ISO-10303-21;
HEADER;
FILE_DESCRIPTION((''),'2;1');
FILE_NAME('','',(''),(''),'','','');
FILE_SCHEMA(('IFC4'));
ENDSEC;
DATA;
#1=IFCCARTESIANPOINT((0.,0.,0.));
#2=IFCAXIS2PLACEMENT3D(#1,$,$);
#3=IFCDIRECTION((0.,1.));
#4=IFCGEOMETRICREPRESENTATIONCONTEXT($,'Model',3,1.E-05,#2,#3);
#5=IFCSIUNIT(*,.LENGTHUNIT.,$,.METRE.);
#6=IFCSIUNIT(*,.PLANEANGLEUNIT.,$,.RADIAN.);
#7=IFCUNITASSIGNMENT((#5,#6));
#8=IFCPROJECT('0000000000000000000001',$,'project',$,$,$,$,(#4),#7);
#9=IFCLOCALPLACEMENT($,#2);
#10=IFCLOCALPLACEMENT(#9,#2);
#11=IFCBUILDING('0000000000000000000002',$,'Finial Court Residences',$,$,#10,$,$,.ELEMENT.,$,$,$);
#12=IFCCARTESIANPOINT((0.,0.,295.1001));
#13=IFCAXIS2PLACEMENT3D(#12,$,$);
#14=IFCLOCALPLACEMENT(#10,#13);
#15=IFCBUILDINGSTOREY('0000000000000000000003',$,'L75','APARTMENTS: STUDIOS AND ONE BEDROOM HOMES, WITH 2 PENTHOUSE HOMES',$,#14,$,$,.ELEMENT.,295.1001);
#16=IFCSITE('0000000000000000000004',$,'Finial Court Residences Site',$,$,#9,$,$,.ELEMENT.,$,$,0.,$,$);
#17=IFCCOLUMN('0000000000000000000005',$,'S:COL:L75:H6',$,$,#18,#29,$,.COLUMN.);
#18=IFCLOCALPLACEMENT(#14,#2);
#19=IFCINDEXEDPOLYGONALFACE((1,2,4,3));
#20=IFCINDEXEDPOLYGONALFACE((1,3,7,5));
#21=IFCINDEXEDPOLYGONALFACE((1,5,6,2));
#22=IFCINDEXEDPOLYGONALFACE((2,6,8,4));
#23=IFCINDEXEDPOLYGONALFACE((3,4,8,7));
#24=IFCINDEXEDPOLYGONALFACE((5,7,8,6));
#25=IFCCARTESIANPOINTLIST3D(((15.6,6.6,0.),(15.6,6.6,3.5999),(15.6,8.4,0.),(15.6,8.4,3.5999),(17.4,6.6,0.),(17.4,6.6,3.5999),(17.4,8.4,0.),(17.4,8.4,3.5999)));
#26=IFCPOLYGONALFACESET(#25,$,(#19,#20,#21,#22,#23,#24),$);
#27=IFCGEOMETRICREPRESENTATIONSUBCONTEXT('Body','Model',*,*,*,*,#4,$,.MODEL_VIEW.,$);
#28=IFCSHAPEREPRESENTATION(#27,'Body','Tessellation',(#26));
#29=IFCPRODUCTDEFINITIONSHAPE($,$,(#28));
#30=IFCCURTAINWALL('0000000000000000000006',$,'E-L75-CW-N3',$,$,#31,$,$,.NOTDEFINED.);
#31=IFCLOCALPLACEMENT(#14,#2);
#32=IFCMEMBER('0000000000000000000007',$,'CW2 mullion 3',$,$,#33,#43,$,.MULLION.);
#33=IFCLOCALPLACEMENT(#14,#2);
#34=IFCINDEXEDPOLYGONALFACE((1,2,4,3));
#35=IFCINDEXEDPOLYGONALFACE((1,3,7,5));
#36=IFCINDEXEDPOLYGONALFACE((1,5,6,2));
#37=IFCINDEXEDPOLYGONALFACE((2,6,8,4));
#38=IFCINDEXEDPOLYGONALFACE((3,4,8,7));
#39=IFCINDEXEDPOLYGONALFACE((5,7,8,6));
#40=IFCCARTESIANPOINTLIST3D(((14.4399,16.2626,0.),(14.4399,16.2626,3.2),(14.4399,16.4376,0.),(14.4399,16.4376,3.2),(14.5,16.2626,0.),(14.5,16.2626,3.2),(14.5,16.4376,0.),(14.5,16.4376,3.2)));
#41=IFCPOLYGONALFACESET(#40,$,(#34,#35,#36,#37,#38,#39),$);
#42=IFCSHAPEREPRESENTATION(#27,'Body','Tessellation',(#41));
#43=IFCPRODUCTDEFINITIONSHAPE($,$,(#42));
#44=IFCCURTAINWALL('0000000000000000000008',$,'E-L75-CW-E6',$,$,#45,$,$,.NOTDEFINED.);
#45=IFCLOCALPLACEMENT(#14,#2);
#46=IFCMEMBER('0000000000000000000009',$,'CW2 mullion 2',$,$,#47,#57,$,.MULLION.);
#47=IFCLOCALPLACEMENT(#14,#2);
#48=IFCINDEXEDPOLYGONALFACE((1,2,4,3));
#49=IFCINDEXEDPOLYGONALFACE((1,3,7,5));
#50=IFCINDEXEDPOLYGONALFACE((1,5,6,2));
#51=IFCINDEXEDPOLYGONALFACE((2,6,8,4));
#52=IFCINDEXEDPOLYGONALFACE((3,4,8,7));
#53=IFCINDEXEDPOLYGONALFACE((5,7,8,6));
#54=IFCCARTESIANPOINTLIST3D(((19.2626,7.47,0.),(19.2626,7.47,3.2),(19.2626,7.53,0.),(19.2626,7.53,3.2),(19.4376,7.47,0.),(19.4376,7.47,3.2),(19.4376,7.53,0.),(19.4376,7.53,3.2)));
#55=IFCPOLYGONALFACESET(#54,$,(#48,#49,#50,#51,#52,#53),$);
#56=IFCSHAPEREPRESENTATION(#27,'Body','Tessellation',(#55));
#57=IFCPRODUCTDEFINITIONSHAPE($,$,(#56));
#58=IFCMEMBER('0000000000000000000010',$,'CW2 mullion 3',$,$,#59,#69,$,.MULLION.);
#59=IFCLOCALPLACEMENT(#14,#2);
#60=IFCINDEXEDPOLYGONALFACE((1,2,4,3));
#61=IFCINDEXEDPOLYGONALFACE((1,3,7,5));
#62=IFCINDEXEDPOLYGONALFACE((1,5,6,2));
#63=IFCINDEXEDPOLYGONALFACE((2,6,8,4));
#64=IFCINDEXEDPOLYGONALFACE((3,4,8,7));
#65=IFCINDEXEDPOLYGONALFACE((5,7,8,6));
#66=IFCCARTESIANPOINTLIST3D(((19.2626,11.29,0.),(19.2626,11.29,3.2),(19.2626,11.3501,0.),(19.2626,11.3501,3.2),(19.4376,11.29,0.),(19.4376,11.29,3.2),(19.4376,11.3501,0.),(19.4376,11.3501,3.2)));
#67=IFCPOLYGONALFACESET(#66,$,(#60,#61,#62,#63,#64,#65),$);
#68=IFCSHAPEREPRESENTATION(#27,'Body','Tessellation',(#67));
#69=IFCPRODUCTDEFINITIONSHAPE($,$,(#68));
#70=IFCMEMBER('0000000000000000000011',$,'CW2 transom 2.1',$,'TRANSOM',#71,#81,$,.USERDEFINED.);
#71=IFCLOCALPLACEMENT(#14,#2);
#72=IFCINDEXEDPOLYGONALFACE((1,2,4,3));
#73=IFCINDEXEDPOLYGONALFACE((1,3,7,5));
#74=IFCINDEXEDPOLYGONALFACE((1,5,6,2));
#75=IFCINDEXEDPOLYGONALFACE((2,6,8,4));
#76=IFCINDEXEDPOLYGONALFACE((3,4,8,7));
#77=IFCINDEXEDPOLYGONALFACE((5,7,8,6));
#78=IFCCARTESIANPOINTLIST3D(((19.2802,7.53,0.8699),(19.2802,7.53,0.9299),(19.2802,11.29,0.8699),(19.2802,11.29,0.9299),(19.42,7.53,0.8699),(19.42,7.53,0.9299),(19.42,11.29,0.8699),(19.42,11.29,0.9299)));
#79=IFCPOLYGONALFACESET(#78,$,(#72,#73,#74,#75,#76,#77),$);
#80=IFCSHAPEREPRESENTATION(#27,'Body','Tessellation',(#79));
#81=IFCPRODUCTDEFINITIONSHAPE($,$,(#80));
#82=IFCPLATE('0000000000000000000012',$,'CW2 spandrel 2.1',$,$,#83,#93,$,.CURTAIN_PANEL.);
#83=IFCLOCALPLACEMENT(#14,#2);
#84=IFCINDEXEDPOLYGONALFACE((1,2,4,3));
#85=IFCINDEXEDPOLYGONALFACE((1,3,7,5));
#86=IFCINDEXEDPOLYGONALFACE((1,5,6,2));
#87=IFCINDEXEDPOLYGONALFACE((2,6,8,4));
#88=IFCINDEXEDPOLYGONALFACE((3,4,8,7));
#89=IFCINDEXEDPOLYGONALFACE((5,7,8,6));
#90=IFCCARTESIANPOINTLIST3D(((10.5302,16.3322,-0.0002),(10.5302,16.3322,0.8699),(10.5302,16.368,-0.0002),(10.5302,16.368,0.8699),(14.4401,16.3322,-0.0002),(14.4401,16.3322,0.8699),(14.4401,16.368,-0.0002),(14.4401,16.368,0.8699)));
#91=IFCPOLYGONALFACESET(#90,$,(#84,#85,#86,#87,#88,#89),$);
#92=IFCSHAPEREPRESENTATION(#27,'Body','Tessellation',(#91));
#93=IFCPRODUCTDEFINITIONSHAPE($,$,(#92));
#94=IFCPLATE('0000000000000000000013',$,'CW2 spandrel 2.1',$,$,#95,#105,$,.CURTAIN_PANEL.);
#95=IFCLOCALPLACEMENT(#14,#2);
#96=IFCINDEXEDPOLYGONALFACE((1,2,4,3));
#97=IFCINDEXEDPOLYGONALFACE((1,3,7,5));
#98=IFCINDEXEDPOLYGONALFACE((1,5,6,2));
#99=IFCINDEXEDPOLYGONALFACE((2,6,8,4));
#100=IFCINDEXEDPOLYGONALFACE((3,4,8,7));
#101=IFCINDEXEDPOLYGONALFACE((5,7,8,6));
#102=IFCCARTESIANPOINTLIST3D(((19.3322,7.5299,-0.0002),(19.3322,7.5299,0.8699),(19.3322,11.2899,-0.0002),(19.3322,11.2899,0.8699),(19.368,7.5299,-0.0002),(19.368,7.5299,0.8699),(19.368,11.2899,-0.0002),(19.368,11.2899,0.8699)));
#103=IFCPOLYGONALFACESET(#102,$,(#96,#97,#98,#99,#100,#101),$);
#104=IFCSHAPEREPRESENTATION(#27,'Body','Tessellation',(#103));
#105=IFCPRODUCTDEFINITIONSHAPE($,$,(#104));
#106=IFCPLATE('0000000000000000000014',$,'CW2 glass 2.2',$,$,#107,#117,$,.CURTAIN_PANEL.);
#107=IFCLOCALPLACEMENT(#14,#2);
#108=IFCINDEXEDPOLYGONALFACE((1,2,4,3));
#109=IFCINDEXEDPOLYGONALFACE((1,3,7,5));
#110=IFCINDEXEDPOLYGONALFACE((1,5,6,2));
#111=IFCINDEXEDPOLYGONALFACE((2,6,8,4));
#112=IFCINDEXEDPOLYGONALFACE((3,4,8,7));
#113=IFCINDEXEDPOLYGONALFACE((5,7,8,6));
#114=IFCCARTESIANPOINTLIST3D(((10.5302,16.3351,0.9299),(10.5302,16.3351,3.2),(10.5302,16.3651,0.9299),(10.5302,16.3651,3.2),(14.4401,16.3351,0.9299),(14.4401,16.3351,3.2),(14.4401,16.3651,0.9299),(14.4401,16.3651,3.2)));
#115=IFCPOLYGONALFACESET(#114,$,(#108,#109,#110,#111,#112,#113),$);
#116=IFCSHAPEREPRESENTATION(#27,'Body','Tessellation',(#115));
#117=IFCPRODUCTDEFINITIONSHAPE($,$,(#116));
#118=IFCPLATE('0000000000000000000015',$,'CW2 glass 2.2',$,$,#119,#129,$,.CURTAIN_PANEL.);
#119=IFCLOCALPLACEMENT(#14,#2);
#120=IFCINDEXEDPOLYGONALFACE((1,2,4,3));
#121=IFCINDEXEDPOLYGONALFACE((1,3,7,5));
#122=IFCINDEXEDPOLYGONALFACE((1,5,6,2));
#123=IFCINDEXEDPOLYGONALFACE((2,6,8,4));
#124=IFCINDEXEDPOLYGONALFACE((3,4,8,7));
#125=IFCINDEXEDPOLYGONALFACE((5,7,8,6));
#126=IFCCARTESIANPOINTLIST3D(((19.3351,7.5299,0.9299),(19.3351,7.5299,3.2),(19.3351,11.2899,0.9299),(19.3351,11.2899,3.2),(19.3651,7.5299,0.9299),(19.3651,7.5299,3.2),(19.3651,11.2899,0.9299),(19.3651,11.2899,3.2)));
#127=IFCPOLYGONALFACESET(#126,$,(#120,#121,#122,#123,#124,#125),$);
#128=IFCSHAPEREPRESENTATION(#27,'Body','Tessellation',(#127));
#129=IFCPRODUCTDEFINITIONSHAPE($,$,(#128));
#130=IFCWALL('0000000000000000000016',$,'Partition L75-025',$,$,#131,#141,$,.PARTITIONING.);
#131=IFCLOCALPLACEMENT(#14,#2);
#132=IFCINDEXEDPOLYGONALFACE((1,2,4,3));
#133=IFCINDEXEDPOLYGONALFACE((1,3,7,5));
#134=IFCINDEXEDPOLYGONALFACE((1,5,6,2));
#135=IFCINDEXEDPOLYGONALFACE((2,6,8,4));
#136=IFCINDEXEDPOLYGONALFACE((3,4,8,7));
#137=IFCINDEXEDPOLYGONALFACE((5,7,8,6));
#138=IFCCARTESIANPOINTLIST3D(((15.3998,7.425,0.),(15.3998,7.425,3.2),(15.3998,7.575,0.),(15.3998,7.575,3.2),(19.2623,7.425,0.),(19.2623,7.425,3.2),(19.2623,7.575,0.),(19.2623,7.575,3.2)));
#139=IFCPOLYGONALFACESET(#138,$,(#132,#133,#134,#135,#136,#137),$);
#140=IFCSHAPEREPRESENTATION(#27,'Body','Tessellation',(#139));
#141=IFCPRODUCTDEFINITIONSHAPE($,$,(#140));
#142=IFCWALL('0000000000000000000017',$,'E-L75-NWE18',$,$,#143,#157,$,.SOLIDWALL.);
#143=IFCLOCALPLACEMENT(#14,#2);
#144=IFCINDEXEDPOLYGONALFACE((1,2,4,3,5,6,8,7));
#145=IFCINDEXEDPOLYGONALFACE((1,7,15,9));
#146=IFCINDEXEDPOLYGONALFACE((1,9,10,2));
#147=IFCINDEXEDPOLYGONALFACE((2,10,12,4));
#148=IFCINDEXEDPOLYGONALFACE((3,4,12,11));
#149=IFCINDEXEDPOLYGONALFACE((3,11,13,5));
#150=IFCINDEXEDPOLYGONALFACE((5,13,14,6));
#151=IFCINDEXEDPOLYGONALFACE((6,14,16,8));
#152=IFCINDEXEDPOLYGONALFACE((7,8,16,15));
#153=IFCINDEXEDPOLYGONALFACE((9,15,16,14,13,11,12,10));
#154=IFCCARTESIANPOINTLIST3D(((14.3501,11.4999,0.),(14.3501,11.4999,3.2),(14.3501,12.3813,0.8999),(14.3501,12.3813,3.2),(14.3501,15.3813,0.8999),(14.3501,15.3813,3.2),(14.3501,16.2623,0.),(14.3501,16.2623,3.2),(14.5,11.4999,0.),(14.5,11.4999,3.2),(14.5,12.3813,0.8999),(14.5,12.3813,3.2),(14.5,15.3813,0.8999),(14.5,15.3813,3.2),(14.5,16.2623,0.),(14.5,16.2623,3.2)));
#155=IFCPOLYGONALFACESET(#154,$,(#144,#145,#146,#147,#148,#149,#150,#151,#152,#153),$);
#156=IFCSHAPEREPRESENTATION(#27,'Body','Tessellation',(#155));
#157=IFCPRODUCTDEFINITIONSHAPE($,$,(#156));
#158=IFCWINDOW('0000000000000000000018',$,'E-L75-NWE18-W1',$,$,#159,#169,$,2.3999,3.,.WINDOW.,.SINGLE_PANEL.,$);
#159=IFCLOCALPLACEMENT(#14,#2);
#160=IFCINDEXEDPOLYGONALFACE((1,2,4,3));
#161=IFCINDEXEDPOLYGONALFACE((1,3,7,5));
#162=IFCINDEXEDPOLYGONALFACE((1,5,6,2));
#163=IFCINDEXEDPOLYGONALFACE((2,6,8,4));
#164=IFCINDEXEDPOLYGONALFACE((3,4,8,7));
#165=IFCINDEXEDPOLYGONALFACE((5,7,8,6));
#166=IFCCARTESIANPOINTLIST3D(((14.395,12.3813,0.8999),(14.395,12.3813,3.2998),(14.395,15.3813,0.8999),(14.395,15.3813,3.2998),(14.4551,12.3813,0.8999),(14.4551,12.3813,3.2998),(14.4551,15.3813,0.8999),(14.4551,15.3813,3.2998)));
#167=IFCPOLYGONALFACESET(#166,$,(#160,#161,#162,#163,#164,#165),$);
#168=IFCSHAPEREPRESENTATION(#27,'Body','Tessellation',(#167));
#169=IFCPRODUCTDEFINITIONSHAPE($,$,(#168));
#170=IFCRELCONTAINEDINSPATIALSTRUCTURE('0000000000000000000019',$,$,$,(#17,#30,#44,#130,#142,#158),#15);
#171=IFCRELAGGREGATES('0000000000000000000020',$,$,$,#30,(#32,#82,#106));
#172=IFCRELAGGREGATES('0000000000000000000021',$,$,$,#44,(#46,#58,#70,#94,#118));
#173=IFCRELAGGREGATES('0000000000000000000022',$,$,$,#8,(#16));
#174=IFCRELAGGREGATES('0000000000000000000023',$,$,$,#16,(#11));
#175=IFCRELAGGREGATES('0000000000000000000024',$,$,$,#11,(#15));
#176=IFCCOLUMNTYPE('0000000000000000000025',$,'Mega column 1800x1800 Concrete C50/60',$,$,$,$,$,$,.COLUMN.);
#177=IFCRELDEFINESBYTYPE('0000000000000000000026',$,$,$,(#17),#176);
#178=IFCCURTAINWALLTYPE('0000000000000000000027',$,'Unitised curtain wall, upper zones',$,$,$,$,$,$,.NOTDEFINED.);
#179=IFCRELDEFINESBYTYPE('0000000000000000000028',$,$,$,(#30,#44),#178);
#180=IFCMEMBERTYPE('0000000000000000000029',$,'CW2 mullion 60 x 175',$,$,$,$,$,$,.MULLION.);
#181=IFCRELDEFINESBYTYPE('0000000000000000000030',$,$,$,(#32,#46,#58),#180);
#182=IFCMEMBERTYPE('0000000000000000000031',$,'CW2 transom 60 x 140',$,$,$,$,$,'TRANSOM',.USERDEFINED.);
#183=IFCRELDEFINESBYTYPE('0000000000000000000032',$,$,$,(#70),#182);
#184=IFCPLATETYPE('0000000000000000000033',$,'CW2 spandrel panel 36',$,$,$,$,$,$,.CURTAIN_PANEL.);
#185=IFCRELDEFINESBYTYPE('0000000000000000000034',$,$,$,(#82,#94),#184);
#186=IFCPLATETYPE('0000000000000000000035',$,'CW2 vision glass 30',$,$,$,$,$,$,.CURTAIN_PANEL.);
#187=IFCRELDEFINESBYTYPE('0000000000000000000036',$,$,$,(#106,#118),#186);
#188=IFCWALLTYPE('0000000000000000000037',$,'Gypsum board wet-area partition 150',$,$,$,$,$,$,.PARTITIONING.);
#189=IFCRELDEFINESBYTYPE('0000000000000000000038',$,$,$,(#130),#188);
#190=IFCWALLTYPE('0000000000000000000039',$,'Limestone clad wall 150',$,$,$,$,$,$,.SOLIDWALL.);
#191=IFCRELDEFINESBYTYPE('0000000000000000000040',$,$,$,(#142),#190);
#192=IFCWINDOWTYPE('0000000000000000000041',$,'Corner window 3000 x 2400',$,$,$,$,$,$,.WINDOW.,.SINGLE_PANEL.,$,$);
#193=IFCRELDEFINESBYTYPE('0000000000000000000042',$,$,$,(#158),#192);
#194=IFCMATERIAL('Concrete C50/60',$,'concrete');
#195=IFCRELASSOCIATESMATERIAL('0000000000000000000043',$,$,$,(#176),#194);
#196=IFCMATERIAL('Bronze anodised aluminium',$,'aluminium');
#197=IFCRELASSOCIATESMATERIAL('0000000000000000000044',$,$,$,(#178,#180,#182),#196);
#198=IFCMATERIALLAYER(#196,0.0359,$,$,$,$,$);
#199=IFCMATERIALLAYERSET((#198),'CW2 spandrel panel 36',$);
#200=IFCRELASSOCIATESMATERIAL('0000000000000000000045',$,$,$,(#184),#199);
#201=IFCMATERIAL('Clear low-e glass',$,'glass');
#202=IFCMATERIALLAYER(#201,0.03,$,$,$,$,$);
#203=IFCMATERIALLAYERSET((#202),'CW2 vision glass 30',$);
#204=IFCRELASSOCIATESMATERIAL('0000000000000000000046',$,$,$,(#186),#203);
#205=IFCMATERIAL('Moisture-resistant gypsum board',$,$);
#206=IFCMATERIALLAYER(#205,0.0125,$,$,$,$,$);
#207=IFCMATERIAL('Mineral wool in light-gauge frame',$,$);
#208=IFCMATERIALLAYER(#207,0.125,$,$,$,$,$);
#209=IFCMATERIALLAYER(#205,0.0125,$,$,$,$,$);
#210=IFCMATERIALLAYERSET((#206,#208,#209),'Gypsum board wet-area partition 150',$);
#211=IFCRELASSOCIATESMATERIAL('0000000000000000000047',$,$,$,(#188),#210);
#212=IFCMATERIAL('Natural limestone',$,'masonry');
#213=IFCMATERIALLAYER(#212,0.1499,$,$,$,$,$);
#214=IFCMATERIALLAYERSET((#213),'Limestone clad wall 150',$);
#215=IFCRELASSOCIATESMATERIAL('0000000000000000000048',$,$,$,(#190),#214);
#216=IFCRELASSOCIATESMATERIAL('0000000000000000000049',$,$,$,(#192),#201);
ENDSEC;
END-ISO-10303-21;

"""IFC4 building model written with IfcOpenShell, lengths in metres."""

from ifc_helpers import new_model, si_unit, direction, frame, frame_2d, origin, origin_2d, place, context, subcontext, project, spatial, rectangle, extrude, material, layer, layer_set, material_profile, profile_set, type_object, element, fill, aggregate, save


model = new_model("IFC4")

# Units and contexts
model_context = context("Model", 3, precision=1e-05, world=origin(), true_north=direction((0.0, 1.0)))
body_context = subcontext(model_context, "Body", "Model", "MODEL_VIEW")
ifc_project = project(units=[si_unit("LENGTHUNIT", "METRE"), si_unit("PLANEANGLEUNIT", "RADIAN")], contexts=[model_context])

# Site, building, storey
site_placement = place(None, origin())
site = spatial("IfcSite", under=ifc_project, at=site_placement, Name="Finial Court Residences Site", CompositionType="ELEMENT", RefElevation=0.0)
building_placement = place(site_placement, origin())
building = spatial("IfcBuilding", under=site, at=building_placement, Name="Finial Court Residences", CompositionType="ELEMENT")
storey_placement = place(building_placement, frame((0.0, 0.0, 295.1001)))
storey = spatial("IfcBuildingStorey", under=building, at=storey_placement, Name="L75", Description="APARTMENTS: STUDIOS AND ONE BEDROOM HOMES, WITH 2 PENTHOUSE HOMES", CompositionType="ELEMENT", Elevation=295.1001)

# Column
ifc_material_1 = material(Name="Concrete C50/60", Category="concrete")
ifc_material_profile_1 = material_profile(ifc_material_1, rectangle(XDim=1.8, YDim=1.8, at=origin_2d()), Name="1800x1800")
ifc_profile_set_1 = profile_set([ifc_material_profile_1], Name="Concrete C50/60")
column_type = type_object("IfcColumnType", Name="Mega column 1800x1800 Concrete C50/60", PredefinedType="COLUMN", material=ifc_profile_set_1)
column_placement = place(storey_placement, frame((16.5, 7.5, 0.0), z_axis=(0.0, 0.0, 1.0), x_axis=(1.0, 0.0, 0.0)))
element("IfcColumn", 1, at=column_placement, inside=storey, type_object=column_type, Name="S:COL:L75:H6", PredefinedType="COLUMN", context=body_context, shape_type="SweptSolid", body=[
    extrude(rectangle(XDim=1.8, YDim=1.8, at=origin_2d()), origin(), (0.0, 0.0, 1.0), 3.5999),
])

# Curtain wall, member
ifc_material_2 = material(Name="Bronze anodised aluminium", Category="aluminium")
curtain_wall_type = type_object("IfcCurtainWallType", Name="Unitised curtain wall, upper zones", PredefinedType="NOTDEFINED", material=ifc_material_2)
curtain_wall_1_placement = place(storey_placement, origin())
curtain_wall_1 = element("IfcCurtainWall", 2, at=curtain_wall_1_placement, inside=storey, type_object=curtain_wall_type, Name="E-L75-CW-N3", PredefinedType="NOTDEFINED")
ifc_material_profile_2 = material_profile(ifc_material_2, rectangle(XDim=0.175, YDim=0.0601, at=origin_2d()), Name="CW2 mullion 60 x 175")
ifc_profile_set_2 = profile_set([ifc_material_profile_2], Name="Bronze anodised aluminium")
member_type_1 = type_object("IfcMemberType", Name="CW2 mullion 60 x 175", PredefinedType="MULLION", material=ifc_profile_set_2)
member_1_placement = place(storey_placement, frame((14.47, 16.3501, 0.0), z_axis=(0.0, 0.0, 1.0), x_axis=(0.0, 1.0, 0.0)))
member_1 = element("IfcMember", 3, at=member_1_placement, type_object=member_type_1, Name="CW2 mullion 3", PredefinedType="MULLION", context=body_context, shape_type="SweptSolid", body=[
    extrude(rectangle(XDim=0.175, YDim=0.0601, at=origin_2d()), origin(), (0.0, 0.0, 1.0), 3.2),
])

# Curtain wall, members
curtain_wall_2_placement = place(storey_placement, origin())
curtain_wall_2 = element("IfcCurtainWall", 4, at=curtain_wall_2_placement, inside=storey, type_object=curtain_wall_type, Name="E-L75-CW-E6", PredefinedType="NOTDEFINED")
member_2_placement = place(storey_placement, frame((19.3501, 7.5, 0.0), z_axis=(0.0, 0.0, 1.0), x_axis=(-1.0, 0.0, 0.0)))
member_2 = element("IfcMember", 5, at=member_2_placement, type_object=member_type_1, Name="CW2 mullion 2", PredefinedType="MULLION", context=body_context, shape_type="SweptSolid", body=[
    extrude(rectangle(XDim=0.175, YDim=0.0601, at=origin_2d()), origin(), (0.0, 0.0, 1.0), 3.2),
])
member_3_placement = place(storey_placement, frame((19.3501, 11.3201, 0.0), z_axis=(0.0, 0.0, 1.0), x_axis=(-1.0, 0.0, 0.0)))
member_3 = element("IfcMember", 6, at=member_3_placement, type_object=member_type_1, Name="CW2 mullion 3", PredefinedType="MULLION", context=body_context, shape_type="SweptSolid", body=[
    extrude(rectangle(XDim=0.175, YDim=0.0601, at=origin_2d()), origin(), (0.0, 0.0, 1.0), 3.2),
])
ifc_material_profile_3 = material_profile(ifc_material_2, rectangle(XDim=0.1399, YDim=0.0601, at=origin_2d()), Name="CW2 transom 60 x 140")
ifc_profile_set_3 = profile_set([ifc_material_profile_3], Name="Bronze anodised aluminium")
member_type_2 = type_object("IfcMemberType", Name="CW2 transom 60 x 140", ElementType="TRANSOM", PredefinedType="USERDEFINED", material=ifc_profile_set_3)
member_4_placement = place(storey_placement, frame((19.3501, 7.53, 0.8999), z_axis=(0.0, 1.0, 0.0), x_axis=(-1.0, 0.0, 0.0)))
member_4 = element("IfcMember", 7, at=member_4_placement, type_object=member_type_2, Name="CW2 transom 2.1", ObjectType="TRANSOM", PredefinedType="USERDEFINED", context=body_context, shape_type="SweptSolid", body=[
    extrude(rectangle(XDim=0.1399, YDim=0.0601, at=origin_2d()), origin(), (0.0, 0.0, 1.0), 3.76),
])

# Plates
ifc_layer_1 = layer(ifc_material_2, 0.0359)
ifc_layer_set_1 = layer_set([ifc_layer_1], Name="CW2 spandrel panel 36")
plate_type_1 = type_object("IfcPlateType", Name="CW2 spandrel panel 36", PredefinedType="CURTAIN_PANEL", material=ifc_layer_set_1)
plate_1_placement = place(storey_placement, frame((12.4851, 16.3501, -0.0002), z_axis=(0.0, 0.0, 1.0), x_axis=(1.0, 0.0, 0.0)))
plate_1 = element("IfcPlate", 8, at=plate_1_placement, type_object=plate_type_1, Name="CW2 spandrel 2.1", PredefinedType="CURTAIN_PANEL", context=body_context, shape_type="SweptSolid", body=[
    extrude(rectangle(XDim=3.9099, YDim=0.0359, at=origin_2d()), origin(), (0.0, 0.0, 1.0), 0.8701),
])
plate_2_placement = place(storey_placement, frame((19.3501, 9.4099, -0.0002), z_axis=(0.0, 0.0, 1.0), x_axis=(0.0, 1.0, 0.0)))
plate_2 = element("IfcPlate", 9, at=plate_2_placement, type_object=plate_type_1, Name="CW2 spandrel 2.1", PredefinedType="CURTAIN_PANEL", context=body_context, shape_type="SweptSolid", body=[
    extrude(rectangle(XDim=3.76, YDim=0.0359, at=origin_2d()), origin(), (0.0, 0.0, 1.0), 0.8701),
])
ifc_material_3 = material(Name="Clear low-e glass", Category="glass")
ifc_layer_2 = layer(ifc_material_3, 0.03)
ifc_layer_set_2 = layer_set([ifc_layer_2], Name="CW2 vision glass 30")
plate_type_2 = type_object("IfcPlateType", Name="CW2 vision glass 30", PredefinedType="CURTAIN_PANEL", material=ifc_layer_set_2)
plate_3_placement = place(storey_placement, frame((12.4851, 16.3501, 0.9299), z_axis=(0.0, 0.0, 1.0), x_axis=(1.0, 0.0, 0.0)))
plate_3 = element("IfcPlate", 10, at=plate_3_placement, type_object=plate_type_2, Name="CW2 glass 2.2", PredefinedType="CURTAIN_PANEL", context=body_context, shape_type="SweptSolid", body=[
    extrude(rectangle(XDim=3.9099, YDim=0.03, at=origin_2d()), origin(), (0.0, 0.0, 1.0), 2.27),
])
aggregate(curtain_wall_1, [member_1, plate_1, plate_3])
plate_4_placement = place(storey_placement, frame((19.3501, 9.4099, 0.9299), z_axis=(0.0, 0.0, 1.0), x_axis=(0.0, 1.0, 0.0)))
plate_4 = element("IfcPlate", 11, at=plate_4_placement, type_object=plate_type_2, Name="CW2 glass 2.2", PredefinedType="CURTAIN_PANEL", context=body_context, shape_type="SweptSolid", body=[
    extrude(rectangle(XDim=3.76, YDim=0.03, at=origin_2d()), origin(), (0.0, 0.0, 1.0), 2.27),
])
aggregate(curtain_wall_2, [member_2, member_3, member_4, plate_2, plate_4])

# Wall
ifc_material_4 = material(Name="Moisture-resistant gypsum board")
ifc_layer_3 = layer(ifc_material_4, 0.0125)
ifc_material_5 = material(Name="Mineral wool in light-gauge frame")
ifc_layer_4 = layer(ifc_material_5, 0.125)
ifc_layer_5 = layer(ifc_material_4, 0.0125)
ifc_layer_set_3 = layer_set([ifc_layer_3, ifc_layer_4, ifc_layer_5], Name="Gypsum board wet-area partition 150")
wall_type_1 = type_object("IfcWallType", Name="Gypsum board wet-area partition 150", PredefinedType="PARTITIONING", material=ifc_layer_set_3)
wall_1_placement = place(storey_placement, frame((15.3999, 7.5, 0.0), z_axis=(0.0, 0.0, 1.0), x_axis=(1.0, 0.0, 0.0)))
element("IfcWall", 12, at=wall_1_placement, inside=storey, type_object=wall_type_1, Name="Partition L75-025", PredefinedType="PARTITIONING", context=body_context, shape_type="SweptSolid", body=[
    extrude(rectangle(XDim=3.8625, YDim=0.1499, at=frame_2d((1.9312, 0.0))), origin(), (0.0, 0.0, 1.0), 3.2),
])

# Wall, opening, window
ifc_material_6 = material(Name="Natural limestone", Category="masonry")
ifc_layer_6 = layer(ifc_material_6, 0.1499)
ifc_layer_set_4 = layer_set([ifc_layer_6], Name="Limestone clad wall 150")
wall_type_2 = type_object("IfcWallType", Name="Limestone clad wall 150", PredefinedType="SOLIDWALL", material=ifc_layer_set_4)
wall_2_placement = place(storey_placement, frame((14.425, 16.2625, 0.0), z_axis=(0.0, 0.0, 1.0), x_axis=(0.0, -1.0, 0.0)))
wall_2 = element("IfcWall", 13, at=wall_2_placement, inside=storey, type_object=wall_type_2, Name="E-L75-NWE18", PredefinedType="SOLIDWALL", context=body_context, shape_type="SweptSolid", body=[
    extrude(rectangle(XDim=4.7625, YDim=0.1499, at=frame_2d((2.3813, 0.0))), origin(), (0.0, 0.0, 1.0), 3.2),
])
opening_1_placement = place(wall_2_placement, frame((0.8811, 0.0, 0.8999)))
opening_1 = element("IfcOpeningElement", 14, at=opening_1_placement, cuts=wall_2, PredefinedType="OPENING", context=body_context, shape_type="SweptSolid", body=[
    extrude(rectangle(XDim=3.0, YDim=2.3999, at=frame_2d((1.5, 1.2))), frame((0.0, 0.085, 0.0), z_axis=(0.0, -1.0, 0.0), x_axis=(1.0, 0.0, 0.0)), (0.0, 0.0, 1.0), 0.1699),
])
window_type = type_object("IfcWindowType", Name="Corner window 3000 x 2400", PartitioningType="SINGLE_PANEL", PredefinedType="WINDOW", material=ifc_material_3)
window_1_placement = place(opening_1_placement, origin())
window_1 = element("IfcWindow", 15, at=window_1_placement, inside=storey, type_object=window_type, Name="E-L75-NWE18-W1", OverallHeight=2.3999, OverallWidth=3.0, PartitioningType="SINGLE_PANEL", PredefinedType="WINDOW", context=body_context, shape_type="SweptSolid", body=[
    extrude(rectangle(XDim=3.0, YDim=2.3999, at=frame_2d((1.5, 1.2))), frame((0.0, 0.03, 0.0), z_axis=(0.0, -1.0, 0.0), x_axis=(1.0, 0.0, 0.0)), (0.0, 0.0, 1.0), 0.0601),
])
fill(opening_1, window_1)

save(model, "model.ifc")
